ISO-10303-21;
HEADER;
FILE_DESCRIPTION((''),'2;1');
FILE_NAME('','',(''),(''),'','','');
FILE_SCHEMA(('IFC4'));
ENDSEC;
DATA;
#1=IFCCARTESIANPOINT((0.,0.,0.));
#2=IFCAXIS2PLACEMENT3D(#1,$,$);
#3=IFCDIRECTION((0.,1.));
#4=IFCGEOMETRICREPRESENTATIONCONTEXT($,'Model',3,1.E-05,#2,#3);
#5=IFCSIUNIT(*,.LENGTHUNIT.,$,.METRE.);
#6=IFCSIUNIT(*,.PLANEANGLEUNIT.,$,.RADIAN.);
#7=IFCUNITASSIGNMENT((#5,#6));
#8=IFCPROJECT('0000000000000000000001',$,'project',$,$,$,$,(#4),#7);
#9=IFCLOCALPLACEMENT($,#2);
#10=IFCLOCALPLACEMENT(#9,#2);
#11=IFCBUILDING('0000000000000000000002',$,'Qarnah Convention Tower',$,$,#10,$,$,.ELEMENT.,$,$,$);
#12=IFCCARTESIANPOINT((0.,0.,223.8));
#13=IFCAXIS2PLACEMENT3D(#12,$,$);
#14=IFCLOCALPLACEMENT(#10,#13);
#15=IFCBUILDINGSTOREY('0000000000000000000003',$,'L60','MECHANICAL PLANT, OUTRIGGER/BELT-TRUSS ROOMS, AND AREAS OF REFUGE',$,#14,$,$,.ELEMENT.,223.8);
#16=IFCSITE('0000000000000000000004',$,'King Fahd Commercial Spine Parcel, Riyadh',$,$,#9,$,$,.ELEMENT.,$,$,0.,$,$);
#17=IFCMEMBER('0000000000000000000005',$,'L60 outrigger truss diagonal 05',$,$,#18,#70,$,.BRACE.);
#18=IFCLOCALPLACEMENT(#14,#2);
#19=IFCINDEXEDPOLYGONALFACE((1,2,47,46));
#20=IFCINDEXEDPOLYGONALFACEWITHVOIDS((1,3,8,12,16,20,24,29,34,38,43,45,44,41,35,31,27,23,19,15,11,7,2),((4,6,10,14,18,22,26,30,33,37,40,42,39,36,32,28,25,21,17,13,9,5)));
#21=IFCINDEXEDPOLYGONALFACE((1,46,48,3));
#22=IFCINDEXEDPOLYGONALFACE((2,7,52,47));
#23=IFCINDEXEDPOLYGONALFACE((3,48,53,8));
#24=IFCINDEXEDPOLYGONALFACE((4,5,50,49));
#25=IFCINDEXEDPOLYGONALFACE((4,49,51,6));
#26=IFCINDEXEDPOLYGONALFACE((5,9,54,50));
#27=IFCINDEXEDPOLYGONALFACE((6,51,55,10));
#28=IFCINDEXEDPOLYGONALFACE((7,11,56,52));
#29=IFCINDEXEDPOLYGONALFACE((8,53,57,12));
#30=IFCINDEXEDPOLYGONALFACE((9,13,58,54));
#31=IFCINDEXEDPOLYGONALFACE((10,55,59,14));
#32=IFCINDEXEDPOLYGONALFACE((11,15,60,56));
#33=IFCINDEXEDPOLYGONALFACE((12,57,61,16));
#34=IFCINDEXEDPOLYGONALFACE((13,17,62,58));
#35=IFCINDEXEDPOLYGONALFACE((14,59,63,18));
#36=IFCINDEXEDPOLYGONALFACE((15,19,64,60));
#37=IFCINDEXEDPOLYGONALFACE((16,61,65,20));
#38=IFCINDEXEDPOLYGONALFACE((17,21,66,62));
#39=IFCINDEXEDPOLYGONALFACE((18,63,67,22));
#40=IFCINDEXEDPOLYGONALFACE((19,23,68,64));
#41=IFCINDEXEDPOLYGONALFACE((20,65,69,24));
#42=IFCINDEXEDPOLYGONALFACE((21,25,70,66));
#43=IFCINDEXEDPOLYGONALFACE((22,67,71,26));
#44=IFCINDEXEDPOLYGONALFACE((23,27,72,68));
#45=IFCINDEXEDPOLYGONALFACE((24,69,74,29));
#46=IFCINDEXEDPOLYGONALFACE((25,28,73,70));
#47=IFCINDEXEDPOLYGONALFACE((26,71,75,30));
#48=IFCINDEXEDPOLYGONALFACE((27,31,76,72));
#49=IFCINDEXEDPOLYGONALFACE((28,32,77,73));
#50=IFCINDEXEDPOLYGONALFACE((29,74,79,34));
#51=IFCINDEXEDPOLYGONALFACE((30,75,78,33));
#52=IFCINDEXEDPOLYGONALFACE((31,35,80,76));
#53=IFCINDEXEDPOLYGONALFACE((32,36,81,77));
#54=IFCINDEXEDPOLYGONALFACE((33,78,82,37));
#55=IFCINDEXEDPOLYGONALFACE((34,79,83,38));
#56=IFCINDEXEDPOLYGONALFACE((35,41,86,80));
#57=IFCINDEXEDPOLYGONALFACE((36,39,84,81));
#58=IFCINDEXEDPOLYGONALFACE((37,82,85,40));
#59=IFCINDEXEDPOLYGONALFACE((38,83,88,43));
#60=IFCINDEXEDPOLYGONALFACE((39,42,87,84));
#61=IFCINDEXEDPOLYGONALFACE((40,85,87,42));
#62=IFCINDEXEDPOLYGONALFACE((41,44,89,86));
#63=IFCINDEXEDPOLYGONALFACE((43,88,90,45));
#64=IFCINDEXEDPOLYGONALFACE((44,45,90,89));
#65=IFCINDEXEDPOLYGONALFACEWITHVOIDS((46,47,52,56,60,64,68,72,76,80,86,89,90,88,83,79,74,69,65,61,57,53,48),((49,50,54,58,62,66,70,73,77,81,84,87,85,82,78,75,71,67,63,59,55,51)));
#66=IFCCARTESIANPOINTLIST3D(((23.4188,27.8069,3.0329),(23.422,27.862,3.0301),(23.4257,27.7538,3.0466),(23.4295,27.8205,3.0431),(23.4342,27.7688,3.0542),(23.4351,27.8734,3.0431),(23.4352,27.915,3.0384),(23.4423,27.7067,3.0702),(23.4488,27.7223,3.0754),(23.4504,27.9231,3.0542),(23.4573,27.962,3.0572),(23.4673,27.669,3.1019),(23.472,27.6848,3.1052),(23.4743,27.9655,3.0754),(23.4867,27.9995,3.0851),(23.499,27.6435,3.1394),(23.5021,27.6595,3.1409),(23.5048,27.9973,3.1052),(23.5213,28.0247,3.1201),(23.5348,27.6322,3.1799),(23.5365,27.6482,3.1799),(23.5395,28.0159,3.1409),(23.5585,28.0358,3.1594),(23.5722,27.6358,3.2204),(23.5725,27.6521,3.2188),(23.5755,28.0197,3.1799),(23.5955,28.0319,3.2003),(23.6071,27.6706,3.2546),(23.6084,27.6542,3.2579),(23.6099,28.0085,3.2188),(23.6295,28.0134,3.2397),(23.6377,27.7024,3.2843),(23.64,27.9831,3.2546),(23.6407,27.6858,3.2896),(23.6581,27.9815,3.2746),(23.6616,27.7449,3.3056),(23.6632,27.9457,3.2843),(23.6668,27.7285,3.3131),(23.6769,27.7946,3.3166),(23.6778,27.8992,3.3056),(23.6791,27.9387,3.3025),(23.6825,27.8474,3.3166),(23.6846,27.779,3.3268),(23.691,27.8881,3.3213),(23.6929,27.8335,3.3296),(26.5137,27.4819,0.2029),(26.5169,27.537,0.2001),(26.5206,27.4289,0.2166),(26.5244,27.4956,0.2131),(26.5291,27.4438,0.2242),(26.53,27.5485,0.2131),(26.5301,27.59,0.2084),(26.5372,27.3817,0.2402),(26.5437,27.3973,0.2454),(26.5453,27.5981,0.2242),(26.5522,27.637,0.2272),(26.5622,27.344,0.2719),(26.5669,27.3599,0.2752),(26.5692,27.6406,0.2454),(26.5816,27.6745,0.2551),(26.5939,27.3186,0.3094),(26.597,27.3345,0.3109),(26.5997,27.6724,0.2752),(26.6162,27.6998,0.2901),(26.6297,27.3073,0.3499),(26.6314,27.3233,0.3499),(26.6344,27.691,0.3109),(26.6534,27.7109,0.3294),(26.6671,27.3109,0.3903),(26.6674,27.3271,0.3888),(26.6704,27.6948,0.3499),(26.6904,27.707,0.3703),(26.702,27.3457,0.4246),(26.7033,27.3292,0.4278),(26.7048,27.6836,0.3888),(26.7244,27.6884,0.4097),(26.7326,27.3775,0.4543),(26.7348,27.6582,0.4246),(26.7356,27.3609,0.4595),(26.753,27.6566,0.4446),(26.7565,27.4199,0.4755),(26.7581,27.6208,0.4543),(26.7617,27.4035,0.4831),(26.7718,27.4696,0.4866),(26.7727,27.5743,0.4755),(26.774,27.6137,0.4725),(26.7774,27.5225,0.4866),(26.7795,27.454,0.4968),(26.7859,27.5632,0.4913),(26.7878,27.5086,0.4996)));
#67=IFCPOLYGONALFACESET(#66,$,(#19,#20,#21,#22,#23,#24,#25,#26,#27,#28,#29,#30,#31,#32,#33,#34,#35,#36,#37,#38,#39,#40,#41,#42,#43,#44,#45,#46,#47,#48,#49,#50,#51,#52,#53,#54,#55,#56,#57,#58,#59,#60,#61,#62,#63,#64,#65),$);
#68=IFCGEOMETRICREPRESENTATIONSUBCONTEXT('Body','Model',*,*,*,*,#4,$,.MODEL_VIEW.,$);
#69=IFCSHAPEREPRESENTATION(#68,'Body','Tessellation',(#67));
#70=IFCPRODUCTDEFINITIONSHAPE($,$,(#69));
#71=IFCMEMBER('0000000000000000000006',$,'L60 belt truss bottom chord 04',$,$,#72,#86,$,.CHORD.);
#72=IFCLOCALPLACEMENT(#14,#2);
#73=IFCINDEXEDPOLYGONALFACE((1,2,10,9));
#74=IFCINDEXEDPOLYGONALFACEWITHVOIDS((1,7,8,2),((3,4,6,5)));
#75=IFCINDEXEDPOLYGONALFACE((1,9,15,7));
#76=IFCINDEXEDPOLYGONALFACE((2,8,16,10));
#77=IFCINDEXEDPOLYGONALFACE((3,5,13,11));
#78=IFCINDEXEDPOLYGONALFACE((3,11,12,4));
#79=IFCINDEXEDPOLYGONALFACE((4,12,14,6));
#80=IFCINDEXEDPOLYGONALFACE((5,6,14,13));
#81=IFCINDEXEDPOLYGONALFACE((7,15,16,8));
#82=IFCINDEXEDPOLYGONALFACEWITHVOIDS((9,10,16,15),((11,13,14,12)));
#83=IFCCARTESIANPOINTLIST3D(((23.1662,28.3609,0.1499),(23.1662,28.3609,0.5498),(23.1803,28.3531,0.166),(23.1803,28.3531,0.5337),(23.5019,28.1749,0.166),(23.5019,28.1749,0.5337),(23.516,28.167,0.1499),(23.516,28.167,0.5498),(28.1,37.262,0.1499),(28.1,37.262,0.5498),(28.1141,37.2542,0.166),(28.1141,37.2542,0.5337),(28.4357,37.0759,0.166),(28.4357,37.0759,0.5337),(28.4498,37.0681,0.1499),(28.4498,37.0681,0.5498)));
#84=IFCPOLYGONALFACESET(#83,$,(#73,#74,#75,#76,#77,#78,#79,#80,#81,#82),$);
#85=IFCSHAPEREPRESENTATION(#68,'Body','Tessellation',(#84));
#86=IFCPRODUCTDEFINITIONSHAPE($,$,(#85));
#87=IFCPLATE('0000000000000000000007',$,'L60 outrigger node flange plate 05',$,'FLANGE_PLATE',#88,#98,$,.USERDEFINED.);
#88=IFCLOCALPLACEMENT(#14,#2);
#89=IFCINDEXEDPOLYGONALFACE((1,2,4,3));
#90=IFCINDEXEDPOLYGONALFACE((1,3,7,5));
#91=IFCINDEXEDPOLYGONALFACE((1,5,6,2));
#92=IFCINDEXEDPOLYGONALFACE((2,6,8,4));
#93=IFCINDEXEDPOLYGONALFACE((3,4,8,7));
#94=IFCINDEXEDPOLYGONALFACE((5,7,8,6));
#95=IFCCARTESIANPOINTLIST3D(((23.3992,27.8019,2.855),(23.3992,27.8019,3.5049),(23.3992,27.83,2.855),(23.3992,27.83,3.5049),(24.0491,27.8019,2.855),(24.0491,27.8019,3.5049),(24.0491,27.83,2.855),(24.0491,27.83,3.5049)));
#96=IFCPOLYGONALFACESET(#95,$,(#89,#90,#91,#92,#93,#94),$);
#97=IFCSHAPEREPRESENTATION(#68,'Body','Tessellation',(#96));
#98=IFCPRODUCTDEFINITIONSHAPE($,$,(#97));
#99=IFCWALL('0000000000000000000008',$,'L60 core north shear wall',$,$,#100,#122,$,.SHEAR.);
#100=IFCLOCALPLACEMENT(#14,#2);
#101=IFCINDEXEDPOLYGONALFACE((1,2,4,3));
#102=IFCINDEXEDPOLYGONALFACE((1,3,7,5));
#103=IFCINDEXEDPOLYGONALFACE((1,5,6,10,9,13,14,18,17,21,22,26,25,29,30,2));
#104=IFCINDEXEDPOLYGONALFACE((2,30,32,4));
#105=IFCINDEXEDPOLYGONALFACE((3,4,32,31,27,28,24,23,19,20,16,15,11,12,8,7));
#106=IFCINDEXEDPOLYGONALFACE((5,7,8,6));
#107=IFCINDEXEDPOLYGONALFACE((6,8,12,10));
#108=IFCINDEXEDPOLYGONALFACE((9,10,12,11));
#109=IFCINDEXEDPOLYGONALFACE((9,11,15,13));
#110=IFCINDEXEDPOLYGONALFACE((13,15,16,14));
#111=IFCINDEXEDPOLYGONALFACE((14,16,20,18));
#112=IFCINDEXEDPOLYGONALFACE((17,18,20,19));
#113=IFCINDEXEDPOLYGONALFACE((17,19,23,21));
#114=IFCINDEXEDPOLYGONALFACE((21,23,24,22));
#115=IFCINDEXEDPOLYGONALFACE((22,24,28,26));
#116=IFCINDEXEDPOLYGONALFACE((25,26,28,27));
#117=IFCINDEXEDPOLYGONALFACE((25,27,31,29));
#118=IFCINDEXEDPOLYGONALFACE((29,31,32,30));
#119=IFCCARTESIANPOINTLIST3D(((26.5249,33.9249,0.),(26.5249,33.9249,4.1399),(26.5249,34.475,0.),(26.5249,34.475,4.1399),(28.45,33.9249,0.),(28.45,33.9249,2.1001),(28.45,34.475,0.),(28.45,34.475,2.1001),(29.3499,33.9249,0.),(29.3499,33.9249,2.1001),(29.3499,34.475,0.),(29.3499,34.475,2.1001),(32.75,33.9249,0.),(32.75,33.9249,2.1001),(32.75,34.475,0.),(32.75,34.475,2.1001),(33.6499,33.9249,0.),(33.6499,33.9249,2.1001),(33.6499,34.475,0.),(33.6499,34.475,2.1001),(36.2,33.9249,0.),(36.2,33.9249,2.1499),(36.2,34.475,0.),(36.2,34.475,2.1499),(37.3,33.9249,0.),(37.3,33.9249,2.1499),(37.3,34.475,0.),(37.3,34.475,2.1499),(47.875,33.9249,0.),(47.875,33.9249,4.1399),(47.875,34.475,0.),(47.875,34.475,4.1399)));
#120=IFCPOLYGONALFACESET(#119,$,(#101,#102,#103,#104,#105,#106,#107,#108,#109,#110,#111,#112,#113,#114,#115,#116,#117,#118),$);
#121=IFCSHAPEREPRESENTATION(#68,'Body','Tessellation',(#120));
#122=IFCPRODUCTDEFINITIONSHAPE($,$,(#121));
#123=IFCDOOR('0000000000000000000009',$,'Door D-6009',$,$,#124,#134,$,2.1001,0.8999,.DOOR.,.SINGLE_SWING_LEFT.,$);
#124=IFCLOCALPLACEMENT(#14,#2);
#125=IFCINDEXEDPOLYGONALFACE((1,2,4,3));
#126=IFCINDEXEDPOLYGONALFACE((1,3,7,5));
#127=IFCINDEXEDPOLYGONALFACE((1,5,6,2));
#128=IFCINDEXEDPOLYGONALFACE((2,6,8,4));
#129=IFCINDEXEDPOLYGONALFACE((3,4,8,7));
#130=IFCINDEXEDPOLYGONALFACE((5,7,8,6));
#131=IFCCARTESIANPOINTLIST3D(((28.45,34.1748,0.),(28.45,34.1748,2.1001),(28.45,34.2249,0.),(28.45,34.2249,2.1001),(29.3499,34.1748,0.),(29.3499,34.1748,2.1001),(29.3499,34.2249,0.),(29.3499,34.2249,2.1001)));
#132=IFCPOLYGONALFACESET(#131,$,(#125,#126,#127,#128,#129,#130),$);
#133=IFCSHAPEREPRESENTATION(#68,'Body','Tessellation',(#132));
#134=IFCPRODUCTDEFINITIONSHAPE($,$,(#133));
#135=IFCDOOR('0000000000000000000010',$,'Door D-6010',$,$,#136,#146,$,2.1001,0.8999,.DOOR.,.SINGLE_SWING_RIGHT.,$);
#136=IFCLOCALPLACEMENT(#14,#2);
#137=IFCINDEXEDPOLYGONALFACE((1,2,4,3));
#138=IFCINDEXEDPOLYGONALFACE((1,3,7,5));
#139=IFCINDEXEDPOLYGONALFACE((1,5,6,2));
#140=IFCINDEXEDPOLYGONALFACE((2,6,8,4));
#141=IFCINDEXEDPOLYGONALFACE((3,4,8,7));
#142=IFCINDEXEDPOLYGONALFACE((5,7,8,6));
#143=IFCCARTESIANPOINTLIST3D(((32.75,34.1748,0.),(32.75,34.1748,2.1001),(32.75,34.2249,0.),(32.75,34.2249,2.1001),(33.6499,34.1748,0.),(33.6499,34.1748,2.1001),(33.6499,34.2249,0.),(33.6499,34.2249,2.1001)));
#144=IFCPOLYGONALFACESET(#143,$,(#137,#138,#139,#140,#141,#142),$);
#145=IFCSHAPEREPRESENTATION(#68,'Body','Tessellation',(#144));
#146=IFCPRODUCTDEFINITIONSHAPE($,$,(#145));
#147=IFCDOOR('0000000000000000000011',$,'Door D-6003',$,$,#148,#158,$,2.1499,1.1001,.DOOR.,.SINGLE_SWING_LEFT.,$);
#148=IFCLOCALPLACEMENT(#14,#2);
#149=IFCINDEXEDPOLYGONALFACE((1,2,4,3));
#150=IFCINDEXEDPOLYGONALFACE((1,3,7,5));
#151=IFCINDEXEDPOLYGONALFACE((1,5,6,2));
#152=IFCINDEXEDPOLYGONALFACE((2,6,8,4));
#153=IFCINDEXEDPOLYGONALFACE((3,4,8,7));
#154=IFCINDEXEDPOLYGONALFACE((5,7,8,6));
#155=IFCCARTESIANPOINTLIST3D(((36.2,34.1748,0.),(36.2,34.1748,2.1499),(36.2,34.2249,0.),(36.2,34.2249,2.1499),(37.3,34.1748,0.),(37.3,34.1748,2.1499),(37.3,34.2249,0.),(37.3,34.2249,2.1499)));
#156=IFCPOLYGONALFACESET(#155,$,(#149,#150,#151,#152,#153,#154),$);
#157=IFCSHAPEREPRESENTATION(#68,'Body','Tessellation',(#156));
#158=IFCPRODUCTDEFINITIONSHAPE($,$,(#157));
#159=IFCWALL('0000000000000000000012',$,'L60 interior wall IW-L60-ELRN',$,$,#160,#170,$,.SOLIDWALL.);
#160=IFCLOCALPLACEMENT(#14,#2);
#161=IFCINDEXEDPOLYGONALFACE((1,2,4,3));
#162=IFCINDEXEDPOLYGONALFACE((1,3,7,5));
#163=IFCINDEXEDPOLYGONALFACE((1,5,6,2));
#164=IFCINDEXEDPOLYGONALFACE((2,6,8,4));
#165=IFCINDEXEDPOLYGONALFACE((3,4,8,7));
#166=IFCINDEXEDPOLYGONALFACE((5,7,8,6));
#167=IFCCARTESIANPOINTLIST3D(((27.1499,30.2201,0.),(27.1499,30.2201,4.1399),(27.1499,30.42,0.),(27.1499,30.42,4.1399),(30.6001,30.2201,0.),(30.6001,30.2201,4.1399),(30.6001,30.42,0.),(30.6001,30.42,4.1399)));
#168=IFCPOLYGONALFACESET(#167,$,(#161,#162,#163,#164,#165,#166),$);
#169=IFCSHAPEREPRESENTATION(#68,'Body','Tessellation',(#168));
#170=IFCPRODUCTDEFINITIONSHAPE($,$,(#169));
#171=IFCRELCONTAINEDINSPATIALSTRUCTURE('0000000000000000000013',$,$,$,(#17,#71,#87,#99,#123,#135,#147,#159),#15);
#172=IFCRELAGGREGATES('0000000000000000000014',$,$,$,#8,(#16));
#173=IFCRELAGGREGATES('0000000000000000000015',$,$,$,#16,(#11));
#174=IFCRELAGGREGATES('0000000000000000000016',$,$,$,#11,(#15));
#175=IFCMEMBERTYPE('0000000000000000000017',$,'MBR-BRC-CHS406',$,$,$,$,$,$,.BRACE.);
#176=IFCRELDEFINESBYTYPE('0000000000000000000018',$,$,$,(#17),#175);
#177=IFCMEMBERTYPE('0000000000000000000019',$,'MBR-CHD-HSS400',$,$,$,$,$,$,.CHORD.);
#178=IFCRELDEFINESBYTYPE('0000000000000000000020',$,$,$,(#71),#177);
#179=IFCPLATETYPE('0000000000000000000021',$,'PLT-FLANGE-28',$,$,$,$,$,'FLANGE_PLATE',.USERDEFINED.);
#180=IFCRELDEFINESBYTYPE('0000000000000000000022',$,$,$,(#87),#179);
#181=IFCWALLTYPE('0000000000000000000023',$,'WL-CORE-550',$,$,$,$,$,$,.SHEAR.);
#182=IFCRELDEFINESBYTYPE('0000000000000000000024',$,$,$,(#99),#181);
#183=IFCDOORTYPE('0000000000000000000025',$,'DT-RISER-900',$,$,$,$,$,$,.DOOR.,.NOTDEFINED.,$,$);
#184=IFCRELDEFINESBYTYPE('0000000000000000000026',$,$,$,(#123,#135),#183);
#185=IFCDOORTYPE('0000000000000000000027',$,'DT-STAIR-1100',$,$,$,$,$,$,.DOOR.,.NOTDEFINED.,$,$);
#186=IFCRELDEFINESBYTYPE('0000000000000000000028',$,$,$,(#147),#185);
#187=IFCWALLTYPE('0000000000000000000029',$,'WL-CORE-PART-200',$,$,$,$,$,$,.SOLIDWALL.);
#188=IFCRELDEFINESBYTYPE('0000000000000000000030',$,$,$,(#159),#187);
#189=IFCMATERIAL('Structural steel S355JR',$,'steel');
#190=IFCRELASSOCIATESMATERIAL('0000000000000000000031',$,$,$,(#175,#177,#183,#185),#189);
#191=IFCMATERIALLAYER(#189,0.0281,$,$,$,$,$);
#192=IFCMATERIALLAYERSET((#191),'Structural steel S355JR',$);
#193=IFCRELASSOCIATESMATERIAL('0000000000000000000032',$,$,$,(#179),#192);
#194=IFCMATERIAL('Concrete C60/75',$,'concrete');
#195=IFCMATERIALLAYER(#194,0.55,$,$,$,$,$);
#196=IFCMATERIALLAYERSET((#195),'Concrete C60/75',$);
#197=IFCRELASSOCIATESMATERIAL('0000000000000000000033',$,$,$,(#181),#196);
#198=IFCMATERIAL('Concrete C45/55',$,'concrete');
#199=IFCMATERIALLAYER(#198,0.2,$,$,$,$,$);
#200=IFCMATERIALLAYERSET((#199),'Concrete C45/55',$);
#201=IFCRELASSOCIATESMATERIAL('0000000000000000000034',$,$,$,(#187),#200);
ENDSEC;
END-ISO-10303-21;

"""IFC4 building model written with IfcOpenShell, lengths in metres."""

from ifc_helpers import new_model, si_unit, direction, frame, frame_2d, origin, origin_2d, place, context, subcontext, project, spatial, rectangle, hollow_rectangle, hollow_circle, extrude, material, layer, layer_set, material_profile, profile_set, type_object, element, fill, save


model = new_model("IFC4")

# Units and contexts
model_context = context("Model", 3, precision=1e-05, world=origin(), true_north=direction((0.0, 1.0)))
body_context = subcontext(model_context, "Body", "Model", "MODEL_VIEW")
ifc_project = project(units=[si_unit("LENGTHUNIT", "METRE"), si_unit("PLANEANGLEUNIT", "RADIAN")], contexts=[model_context])

# Site, building, storey
site_placement = place(None, origin())
site = spatial("IfcSite", under=ifc_project, at=site_placement, Name="King Fahd Commercial Spine Parcel, Riyadh", CompositionType="ELEMENT", RefElevation=0.0)
building_placement = place(site_placement, origin())
building = spatial("IfcBuilding", under=site, at=building_placement, Name="Qarnah Convention Tower", CompositionType="ELEMENT")
storey_placement = place(building_placement, frame((0.0, 0.0, 223.8)))
storey = spatial("IfcBuildingStorey", under=building, at=storey_placement, Name="L60", Description="MECHANICAL PLANT, OUTRIGGER/BELT-TRUSS ROOMS, AND AREAS OF REFUGE", CompositionType="ELEMENT", Elevation=223.8)

# Shared definitions
ifc_material_1 = material(Name="Structural steel S355JR", Category="steel")

# Members
ifc_material_profile_1 = material_profile(ifc_material_1, hollow_circle(Radius=0.2029, WallThickness=0.0161, at=origin_2d()), Name="CHS406X16")
ifc_profile_set_1 = profile_set([ifc_material_profile_1], Name="Structural steel S355JR")
member_type_1 = type_object("IfcMemberType", Name="MBR-BRC-CHS406", PredefinedType="BRACE", material=ifc_profile_set_1)
member_1_placement = place(storey_placement, frame((26.6509, 27.509, 0.3499), z_axis=(-0.735777, 0.077252, 0.672803), x_axis=(-0.104419, -0.994533, 0.0)))
element("IfcMember", 1, at=member_1_placement, inside=storey, type_object=member_type_1, Name="L60 outrigger truss diagonal 05", PredefinedType="BRACE", context=body_context, shape_type="SweptSolid", body=[
    extrude(hollow_circle(Radius=0.2029, WallThickness=0.0161, at=origin_2d()), origin(), (0.0, 0.0, 1.0), 4.2063),
])
ifc_material_profile_2 = material_profile(ifc_material_1, hollow_rectangle(XDim=0.3999, YDim=0.3999, WallThickness=0.0161, at=origin_2d()), Name="HSS400X400X16")
ifc_profile_set_2 = profile_set([ifc_material_profile_2], Name="Structural steel S355JR")
member_type_2 = type_object("IfcMemberType", Name="MBR-CHD-HSS400", PredefinedType="CHORD", material=ifc_profile_set_2)
member_2_placement = place(storey_placement, frame((28.2749, 37.165, 0.3499), z_axis=(-0.484799, -0.874625, 0.0), x_axis=(0.874625, -0.484799, 0.0)))
element("IfcMember", 2, at=member_2_placement, inside=storey, type_object=member_type_2, Name="L60 belt truss bottom chord 04", PredefinedType="CHORD", context=body_context, shape_type="SweptSolid", body=[
    extrude(hollow_rectangle(XDim=0.3999, YDim=0.3999, WallThickness=0.0161, at=origin_2d()), origin(), (0.0, 0.0, 1.0), 10.177),
])

# Plate
ifc_layer_1 = layer(ifc_material_1, 0.0281)
ifc_layer_set_1 = layer_set([ifc_layer_1], Name="Structural steel S355JR")
plate_type = type_object("IfcPlateType", Name="PLT-FLANGE-28", ElementType="FLANGE_PLATE", PredefinedType="USERDEFINED", material=ifc_layer_set_1)
plate_placement = place(storey_placement, frame((23.7241, 27.8159, 2.855), z_axis=(0.0, 0.0, 1.0), x_axis=(1.0, 0.0, 0.0)))
element("IfcPlate", 3, at=plate_placement, inside=storey, type_object=plate_type, Name="L60 outrigger node flange plate 05", ObjectType="FLANGE_PLATE", PredefinedType="USERDEFINED", context=body_context, shape_type="SweptSolid", body=[
    extrude(rectangle(XDim=0.6499, YDim=0.0281, at=origin_2d()), origin(), (0.0, 0.0, 1.0), 0.6499),
])

# Wall, openings, doors
ifc_material_2 = material(Name="Concrete C60/75", Category="concrete")
ifc_layer_2 = layer(ifc_material_2, 0.55)
ifc_layer_set_2 = layer_set([ifc_layer_2], Name="Concrete C60/75")
wall_type_1 = type_object("IfcWallType", Name="WL-CORE-550", PredefinedType="SHEAR", material=ifc_layer_set_2)
wall_1_placement = place(storey_placement, frame((26.5249, 34.2, 0.0), z_axis=(0.0, 0.0, 1.0), x_axis=(1.0, 0.0, 0.0)))
wall_1 = element("IfcWall", 4, at=wall_1_placement, inside=storey, type_object=wall_type_1, Name="L60 core north shear wall", PredefinedType="SHEAR", context=body_context, shape_type="SweptSolid", body=[
    extrude(rectangle(XDim=21.3501, YDim=0.55, at=frame_2d((10.675, 0.0))), origin(), (0.0, 0.0, 1.0), 4.1399),
])
opening_1_placement = place(wall_1_placement, frame((9.675, 0.0, 0.0)))
opening_1 = element("IfcOpeningElement", 5, at=opening_1_placement, cuts=wall_1, PredefinedType="OPENING", context=body_context, shape_type="SweptSolid", body=[
    extrude(rectangle(XDim=1.1001, YDim=2.1499, at=frame_2d((0.55, 1.075))), frame((0.0, 0.2849, 0.0), z_axis=(0.0, -1.0, 0.0), x_axis=(1.0, 0.0, 0.0)), (0.0, 0.0, 1.0), 0.5701),
])
opening_2_placement = place(wall_1_placement, frame((1.925, 0.0, 0.0)))
opening_2 = element("IfcOpeningElement", 6, at=opening_2_placement, cuts=wall_1, PredefinedType="OPENING", context=body_context, shape_type="SweptSolid", body=[
    extrude(rectangle(XDim=0.8999, YDim=2.1001, at=frame_2d((0.45, 1.05))), frame((0.0, 0.2849, 0.0), z_axis=(0.0, -1.0, 0.0), x_axis=(1.0, 0.0, 0.0)), (0.0, 0.0, 1.0), 0.5701),
])
opening_3_placement = place(wall_1_placement, frame((6.2251, 0.0, 0.0)))
opening_3 = element("IfcOpeningElement", 7, at=opening_3_placement, cuts=wall_1, PredefinedType="OPENING", context=body_context, shape_type="SweptSolid", body=[
    extrude(rectangle(XDim=0.8999, YDim=2.1001, at=frame_2d((0.45, 1.05))), frame((0.0, 0.2849, 0.0), z_axis=(0.0, -1.0, 0.0), x_axis=(1.0, 0.0, 0.0)), (0.0, 0.0, 1.0), 0.5701),
])
door_type_1 = type_object("IfcDoorType", Name="DT-RISER-900", OperationType="NOTDEFINED", PredefinedType="DOOR", material=ifc_material_1)
door_1_placement = place(opening_2_placement, origin())
door_1 = element("IfcDoor", 8, at=door_1_placement, inside=storey, type_object=door_type_1, Name="Door D-6009", OperationType="SINGLE_SWING_LEFT", OverallHeight=2.1001, OverallWidth=0.8999, PredefinedType="DOOR", context=body_context, shape_type="SweptSolid", body=[
    extrude(rectangle(XDim=0.8999, YDim=2.1001, at=frame_2d((0.45, 1.05))), frame((0.0, 0.0249, 0.0), z_axis=(0.0, -1.0, 0.0), x_axis=(1.0, 0.0, 0.0)), (0.0, 0.0, 1.0), 0.05),
])
fill(opening_2, door_1)
door_2_placement = place(opening_3_placement, origin())
door_2 = element("IfcDoor", 9, at=door_2_placement, inside=storey, type_object=door_type_1, Name="Door D-6010", OperationType="SINGLE_SWING_RIGHT", OverallHeight=2.1001, OverallWidth=0.8999, PredefinedType="DOOR", context=body_context, shape_type="SweptSolid", body=[
    extrude(rectangle(XDim=0.8999, YDim=2.1001, at=frame_2d((0.45, 1.05))), frame((0.0, 0.0249, 0.0), z_axis=(0.0, -1.0, 0.0), x_axis=(1.0, 0.0, 0.0)), (0.0, 0.0, 1.0), 0.05),
])
fill(opening_3, door_2)
door_type_2 = type_object("IfcDoorType", Name="DT-STAIR-1100", OperationType="NOTDEFINED", PredefinedType="DOOR", material=ifc_material_1)
door_3_placement = place(opening_1_placement, origin())
door_3 = element("IfcDoor", 10, at=door_3_placement, inside=storey, type_object=door_type_2, Name="Door D-6003", OperationType="SINGLE_SWING_LEFT", OverallHeight=2.1499, OverallWidth=1.1001, PredefinedType="DOOR", context=body_context, shape_type="SweptSolid", body=[
    extrude(rectangle(XDim=1.1001, YDim=2.1499, at=frame_2d((0.55, 1.075))), frame((0.0, 0.0249, 0.0), z_axis=(0.0, -1.0, 0.0), x_axis=(1.0, 0.0, 0.0)), (0.0, 0.0, 1.0), 0.05),
])
fill(opening_1, door_3)

# Wall
ifc_material_3 = material(Name="Concrete C45/55", Category="concrete")
ifc_layer_3 = layer(ifc_material_3, 0.2)
ifc_layer_set_3 = layer_set([ifc_layer_3], Name="Concrete C45/55")
wall_type_2 = type_object("IfcWallType", Name="WL-CORE-PART-200", PredefinedType="SOLIDWALL", material=ifc_layer_set_3)
wall_2_placement = place(storey_placement, frame((27.1499, 30.3201, 0.0), z_axis=(0.0, 0.0, 1.0), x_axis=(1.0, 0.0, 0.0)))
element("IfcWall", 11, at=wall_2_placement, inside=storey, type_object=wall_type_2, Name="L60 interior wall IW-L60-ELRN", PredefinedType="SOLIDWALL", context=body_context, shape_type="SweptSolid", body=[
    extrude(rectangle(XDim=3.4502, YDim=0.2, at=frame_2d((1.7251, 0.0))), origin(), (0.0, 0.0, 1.0), 4.1399),
])

save(model, "model.ifc")
